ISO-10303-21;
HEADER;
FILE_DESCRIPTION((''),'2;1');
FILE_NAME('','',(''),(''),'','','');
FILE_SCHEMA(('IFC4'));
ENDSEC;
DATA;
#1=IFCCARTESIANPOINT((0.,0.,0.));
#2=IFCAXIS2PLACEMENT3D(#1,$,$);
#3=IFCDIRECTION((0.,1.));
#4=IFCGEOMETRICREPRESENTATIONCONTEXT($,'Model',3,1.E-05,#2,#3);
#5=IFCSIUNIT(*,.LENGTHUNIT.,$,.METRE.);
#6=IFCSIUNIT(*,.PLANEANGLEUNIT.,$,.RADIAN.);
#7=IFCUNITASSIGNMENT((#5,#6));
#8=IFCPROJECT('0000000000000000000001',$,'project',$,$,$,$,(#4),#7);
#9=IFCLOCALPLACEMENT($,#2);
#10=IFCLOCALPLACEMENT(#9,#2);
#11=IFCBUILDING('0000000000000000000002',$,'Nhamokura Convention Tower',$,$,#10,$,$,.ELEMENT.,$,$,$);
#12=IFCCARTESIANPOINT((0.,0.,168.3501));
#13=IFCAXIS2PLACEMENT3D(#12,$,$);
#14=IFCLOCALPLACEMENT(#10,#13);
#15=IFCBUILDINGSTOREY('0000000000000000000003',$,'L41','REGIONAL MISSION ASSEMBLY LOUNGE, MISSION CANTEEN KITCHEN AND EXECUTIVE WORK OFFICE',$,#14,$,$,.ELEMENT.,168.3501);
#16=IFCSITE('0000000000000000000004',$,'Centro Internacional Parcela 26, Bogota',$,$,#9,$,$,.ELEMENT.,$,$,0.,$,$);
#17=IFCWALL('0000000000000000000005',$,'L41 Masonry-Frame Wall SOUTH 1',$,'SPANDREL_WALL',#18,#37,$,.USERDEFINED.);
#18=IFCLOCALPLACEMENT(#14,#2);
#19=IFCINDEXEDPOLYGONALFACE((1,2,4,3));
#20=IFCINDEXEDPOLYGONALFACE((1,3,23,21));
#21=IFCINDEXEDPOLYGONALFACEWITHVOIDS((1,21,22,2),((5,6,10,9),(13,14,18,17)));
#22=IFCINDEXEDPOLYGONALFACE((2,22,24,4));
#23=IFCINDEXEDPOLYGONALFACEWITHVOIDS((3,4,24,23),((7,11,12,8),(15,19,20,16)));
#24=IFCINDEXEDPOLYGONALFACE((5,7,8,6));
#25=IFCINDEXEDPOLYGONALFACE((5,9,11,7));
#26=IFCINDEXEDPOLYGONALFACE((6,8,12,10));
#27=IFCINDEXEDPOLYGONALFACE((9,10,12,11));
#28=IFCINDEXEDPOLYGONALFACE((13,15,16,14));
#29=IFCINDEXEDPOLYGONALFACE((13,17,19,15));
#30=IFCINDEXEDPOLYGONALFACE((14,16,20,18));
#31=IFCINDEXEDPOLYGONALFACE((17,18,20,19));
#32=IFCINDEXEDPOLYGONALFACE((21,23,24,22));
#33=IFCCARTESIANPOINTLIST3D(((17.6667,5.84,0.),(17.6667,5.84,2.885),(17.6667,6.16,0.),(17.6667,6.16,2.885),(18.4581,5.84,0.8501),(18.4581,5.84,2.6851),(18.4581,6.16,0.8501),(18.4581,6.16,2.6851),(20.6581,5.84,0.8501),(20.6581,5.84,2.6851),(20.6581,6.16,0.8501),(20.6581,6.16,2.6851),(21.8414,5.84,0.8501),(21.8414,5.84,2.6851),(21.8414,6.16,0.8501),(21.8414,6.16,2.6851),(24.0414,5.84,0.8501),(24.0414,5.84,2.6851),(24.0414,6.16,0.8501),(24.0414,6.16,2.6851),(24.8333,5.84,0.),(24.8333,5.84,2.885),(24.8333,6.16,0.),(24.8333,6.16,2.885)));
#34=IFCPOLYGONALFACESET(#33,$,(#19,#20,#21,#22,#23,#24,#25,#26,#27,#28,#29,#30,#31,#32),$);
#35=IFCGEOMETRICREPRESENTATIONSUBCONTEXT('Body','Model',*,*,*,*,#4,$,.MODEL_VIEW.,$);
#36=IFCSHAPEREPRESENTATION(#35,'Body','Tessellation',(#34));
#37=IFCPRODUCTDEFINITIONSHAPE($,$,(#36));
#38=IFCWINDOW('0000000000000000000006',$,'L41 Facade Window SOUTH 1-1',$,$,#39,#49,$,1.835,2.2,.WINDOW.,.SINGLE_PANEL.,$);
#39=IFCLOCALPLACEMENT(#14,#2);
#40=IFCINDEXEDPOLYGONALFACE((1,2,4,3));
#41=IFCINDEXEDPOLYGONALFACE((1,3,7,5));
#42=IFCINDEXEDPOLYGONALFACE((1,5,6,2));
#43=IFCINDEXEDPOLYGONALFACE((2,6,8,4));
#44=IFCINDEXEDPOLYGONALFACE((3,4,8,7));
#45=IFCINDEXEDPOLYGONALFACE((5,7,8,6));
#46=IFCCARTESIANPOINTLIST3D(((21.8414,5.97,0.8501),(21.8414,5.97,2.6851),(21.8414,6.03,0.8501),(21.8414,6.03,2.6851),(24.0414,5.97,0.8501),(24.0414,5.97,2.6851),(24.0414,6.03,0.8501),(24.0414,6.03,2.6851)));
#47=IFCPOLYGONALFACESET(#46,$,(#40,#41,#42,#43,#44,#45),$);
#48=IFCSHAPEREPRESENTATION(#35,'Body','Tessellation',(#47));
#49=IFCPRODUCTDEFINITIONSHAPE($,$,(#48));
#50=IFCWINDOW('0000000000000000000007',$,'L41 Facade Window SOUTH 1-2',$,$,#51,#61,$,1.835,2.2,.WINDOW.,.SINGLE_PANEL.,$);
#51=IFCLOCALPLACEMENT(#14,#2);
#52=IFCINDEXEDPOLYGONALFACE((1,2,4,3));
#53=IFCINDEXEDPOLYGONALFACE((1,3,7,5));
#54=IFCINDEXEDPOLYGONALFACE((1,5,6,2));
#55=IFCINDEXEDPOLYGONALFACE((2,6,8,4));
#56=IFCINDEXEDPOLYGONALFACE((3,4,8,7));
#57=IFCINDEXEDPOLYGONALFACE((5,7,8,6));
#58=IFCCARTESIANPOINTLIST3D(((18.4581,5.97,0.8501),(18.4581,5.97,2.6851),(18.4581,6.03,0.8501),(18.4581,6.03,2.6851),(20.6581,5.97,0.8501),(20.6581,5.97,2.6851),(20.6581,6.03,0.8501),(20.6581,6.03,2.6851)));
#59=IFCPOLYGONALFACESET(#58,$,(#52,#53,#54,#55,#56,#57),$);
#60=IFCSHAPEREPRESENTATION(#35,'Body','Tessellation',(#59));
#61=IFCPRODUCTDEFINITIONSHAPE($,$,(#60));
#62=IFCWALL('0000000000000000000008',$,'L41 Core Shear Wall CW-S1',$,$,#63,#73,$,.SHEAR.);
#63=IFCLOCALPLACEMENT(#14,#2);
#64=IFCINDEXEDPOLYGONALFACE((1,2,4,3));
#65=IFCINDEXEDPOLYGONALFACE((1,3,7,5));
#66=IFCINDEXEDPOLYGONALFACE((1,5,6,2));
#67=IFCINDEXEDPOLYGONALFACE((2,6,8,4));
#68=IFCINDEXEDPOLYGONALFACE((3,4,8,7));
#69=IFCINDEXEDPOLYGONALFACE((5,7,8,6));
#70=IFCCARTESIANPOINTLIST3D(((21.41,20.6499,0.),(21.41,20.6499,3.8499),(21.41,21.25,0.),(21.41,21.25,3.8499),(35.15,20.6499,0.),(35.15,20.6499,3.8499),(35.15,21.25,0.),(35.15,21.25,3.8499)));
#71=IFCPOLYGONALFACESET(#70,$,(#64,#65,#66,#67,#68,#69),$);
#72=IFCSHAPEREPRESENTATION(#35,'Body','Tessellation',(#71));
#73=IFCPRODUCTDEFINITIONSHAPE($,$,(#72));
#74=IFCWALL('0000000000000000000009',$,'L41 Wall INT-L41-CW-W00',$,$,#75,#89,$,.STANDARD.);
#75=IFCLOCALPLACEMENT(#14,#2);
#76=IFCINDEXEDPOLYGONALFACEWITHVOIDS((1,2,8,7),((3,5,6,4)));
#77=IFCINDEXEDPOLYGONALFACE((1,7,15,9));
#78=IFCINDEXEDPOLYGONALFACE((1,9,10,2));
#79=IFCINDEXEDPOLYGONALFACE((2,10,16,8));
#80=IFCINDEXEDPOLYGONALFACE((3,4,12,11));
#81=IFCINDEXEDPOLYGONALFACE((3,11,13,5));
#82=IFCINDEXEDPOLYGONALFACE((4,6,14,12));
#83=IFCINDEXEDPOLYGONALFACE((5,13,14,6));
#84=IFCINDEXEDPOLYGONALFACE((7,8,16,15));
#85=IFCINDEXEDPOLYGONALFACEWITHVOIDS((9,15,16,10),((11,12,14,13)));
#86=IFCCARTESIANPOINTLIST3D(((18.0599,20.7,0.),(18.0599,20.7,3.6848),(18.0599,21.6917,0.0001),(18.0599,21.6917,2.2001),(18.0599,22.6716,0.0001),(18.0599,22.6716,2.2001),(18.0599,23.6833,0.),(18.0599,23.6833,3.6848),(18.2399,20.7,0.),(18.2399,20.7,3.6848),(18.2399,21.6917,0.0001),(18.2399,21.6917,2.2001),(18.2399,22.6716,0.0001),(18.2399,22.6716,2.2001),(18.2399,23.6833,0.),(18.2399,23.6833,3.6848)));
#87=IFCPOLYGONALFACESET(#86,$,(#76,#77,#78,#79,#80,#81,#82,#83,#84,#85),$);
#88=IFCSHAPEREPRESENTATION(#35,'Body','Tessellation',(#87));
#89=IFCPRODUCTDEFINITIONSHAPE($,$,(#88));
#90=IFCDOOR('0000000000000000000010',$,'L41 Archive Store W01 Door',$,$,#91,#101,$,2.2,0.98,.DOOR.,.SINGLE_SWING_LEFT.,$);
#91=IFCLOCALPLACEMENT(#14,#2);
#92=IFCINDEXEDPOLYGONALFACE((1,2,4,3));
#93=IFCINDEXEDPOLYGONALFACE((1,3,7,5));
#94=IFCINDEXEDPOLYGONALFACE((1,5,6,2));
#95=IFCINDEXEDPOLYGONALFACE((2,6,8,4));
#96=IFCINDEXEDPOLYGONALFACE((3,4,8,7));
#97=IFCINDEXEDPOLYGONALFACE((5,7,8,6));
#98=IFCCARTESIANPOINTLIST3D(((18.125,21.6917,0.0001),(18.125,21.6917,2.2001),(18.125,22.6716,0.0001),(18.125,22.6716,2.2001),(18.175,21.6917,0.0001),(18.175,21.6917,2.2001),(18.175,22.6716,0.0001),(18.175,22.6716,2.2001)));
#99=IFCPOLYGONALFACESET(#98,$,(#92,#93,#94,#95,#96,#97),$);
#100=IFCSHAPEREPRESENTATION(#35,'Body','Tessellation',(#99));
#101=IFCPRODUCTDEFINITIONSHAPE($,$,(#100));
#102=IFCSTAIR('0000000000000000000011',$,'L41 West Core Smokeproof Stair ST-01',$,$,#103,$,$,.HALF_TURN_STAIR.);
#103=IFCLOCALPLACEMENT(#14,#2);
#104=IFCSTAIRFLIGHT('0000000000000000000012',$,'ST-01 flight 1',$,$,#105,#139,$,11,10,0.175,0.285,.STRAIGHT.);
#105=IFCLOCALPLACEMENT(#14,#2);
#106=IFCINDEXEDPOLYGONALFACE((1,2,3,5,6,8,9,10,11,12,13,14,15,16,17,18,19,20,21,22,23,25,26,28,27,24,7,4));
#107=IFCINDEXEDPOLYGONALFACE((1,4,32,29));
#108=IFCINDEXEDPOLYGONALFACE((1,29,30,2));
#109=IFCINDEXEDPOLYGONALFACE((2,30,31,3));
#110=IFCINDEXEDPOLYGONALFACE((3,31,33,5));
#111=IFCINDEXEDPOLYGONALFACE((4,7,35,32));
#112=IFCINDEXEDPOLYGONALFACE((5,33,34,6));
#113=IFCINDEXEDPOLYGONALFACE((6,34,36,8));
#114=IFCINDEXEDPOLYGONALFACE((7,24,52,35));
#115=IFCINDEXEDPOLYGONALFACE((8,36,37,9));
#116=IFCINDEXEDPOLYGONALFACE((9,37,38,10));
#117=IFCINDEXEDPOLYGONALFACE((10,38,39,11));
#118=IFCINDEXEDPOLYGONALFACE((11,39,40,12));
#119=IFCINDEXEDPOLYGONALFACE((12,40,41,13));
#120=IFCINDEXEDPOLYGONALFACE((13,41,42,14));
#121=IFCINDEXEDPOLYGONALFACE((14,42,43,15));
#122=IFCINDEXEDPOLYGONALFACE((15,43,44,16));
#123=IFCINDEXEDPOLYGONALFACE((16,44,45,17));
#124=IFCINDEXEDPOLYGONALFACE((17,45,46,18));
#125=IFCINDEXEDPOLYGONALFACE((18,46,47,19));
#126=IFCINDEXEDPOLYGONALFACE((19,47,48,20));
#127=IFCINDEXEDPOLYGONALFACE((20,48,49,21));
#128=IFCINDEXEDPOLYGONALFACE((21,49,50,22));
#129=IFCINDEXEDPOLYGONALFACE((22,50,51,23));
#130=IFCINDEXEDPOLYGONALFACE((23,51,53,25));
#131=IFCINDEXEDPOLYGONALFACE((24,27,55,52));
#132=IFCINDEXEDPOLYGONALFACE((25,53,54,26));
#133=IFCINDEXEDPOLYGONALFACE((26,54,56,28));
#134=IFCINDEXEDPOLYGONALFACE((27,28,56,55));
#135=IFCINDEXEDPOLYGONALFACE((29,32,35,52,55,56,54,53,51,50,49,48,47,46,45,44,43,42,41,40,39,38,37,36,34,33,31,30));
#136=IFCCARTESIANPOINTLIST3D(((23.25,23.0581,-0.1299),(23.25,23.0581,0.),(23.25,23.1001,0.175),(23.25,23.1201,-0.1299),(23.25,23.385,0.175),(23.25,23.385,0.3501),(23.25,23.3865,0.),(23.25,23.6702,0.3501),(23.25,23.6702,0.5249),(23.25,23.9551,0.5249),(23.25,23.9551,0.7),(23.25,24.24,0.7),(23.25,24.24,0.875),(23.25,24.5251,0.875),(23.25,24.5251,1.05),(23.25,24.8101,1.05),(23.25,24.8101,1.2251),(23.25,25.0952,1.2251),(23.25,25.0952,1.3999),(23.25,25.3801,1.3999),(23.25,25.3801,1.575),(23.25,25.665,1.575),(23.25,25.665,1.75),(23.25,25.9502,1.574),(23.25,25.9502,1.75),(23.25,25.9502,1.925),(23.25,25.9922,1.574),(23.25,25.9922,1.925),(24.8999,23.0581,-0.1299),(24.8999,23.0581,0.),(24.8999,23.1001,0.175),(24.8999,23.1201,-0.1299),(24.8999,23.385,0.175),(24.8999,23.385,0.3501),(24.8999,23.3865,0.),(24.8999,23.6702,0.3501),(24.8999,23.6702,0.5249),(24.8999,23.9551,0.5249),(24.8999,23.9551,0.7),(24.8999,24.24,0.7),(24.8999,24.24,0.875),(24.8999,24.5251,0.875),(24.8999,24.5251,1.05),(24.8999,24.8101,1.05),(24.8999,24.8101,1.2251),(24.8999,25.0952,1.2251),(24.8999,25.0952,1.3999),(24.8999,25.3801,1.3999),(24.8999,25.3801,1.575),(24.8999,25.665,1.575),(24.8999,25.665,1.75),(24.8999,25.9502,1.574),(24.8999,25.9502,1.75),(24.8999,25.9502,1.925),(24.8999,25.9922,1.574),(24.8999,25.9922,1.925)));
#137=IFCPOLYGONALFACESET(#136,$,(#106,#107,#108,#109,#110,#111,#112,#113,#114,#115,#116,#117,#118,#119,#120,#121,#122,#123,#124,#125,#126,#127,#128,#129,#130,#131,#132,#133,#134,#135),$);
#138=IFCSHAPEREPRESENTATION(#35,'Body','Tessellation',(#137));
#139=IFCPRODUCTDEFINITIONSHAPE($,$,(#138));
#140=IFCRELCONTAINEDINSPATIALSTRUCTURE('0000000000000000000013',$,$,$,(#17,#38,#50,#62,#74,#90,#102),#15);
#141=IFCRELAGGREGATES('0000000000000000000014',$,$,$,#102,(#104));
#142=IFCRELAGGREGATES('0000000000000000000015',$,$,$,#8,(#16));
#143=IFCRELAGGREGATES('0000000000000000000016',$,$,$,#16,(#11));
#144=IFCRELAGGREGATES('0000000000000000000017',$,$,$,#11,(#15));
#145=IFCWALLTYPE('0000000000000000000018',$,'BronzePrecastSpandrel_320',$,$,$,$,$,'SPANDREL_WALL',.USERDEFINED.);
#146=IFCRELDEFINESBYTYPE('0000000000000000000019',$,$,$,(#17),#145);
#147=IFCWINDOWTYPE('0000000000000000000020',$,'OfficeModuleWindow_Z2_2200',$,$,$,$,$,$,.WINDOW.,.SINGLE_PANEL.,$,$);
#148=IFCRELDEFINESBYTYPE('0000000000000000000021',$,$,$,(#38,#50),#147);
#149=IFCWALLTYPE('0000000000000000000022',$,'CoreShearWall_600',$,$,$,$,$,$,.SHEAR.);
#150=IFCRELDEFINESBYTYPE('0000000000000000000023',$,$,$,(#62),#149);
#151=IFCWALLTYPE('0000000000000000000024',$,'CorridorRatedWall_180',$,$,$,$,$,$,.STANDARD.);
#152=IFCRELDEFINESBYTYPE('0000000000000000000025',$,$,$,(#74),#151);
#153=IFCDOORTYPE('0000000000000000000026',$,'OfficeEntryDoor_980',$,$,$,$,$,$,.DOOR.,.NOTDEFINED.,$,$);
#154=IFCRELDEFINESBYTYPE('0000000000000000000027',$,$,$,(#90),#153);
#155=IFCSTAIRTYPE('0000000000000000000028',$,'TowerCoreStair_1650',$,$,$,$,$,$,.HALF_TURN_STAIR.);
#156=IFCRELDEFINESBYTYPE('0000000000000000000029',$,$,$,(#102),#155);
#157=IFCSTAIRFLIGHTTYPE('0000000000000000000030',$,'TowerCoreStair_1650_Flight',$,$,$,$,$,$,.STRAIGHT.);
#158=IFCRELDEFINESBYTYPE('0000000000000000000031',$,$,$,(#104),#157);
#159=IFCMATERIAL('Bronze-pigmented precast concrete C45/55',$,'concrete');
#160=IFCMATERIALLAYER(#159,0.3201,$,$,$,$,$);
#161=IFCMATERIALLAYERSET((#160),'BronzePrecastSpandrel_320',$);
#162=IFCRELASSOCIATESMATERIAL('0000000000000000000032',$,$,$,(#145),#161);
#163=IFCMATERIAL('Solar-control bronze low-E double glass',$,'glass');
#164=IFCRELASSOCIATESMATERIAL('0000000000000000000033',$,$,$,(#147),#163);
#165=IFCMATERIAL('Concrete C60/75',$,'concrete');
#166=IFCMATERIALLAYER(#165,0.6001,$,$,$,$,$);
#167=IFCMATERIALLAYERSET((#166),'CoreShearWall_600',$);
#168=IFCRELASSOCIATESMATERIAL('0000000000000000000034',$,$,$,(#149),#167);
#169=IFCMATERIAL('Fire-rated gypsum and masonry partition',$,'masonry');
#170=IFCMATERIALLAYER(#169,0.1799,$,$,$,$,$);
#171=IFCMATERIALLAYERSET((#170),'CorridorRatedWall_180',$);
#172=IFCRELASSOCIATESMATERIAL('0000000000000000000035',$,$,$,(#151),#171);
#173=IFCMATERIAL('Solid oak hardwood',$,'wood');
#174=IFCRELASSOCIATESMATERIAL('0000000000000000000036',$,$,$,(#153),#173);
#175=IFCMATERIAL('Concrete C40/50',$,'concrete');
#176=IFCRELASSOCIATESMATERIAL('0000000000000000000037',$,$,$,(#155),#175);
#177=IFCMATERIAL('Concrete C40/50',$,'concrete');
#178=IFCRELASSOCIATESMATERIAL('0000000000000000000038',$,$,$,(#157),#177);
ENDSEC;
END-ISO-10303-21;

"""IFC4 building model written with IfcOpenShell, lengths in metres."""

from ifc_helpers import new_model, si_unit, direction, frame, frame_2d, origin, place, context, subcontext, project, spatial, polyline, rectangle, outline, extrude, material, layer, layer_set, type_object, element, fill, aggregate, save


model = new_model("IFC4")

# Units and contexts
model_context = context("Model", 3, precision=1e-05, world=origin(), true_north=direction((0.0, 1.0)))
body_context = subcontext(model_context, "Body", "Model", "MODEL_VIEW")
ifc_project = project(units=[si_unit("LENGTHUNIT", "METRE"), si_unit("PLANEANGLEUNIT", "RADIAN")], contexts=[model_context])

# Site, building, storey
site_placement = place(None, origin())
site = spatial("IfcSite", under=ifc_project, at=site_placement, Name="Centro Internacional Parcela 26, Bogota", CompositionType="ELEMENT", RefElevation=0.0)
building_placement = place(site_placement, origin())
building = spatial("IfcBuilding", under=site, at=building_placement, Name="Nhamokura Convention Tower", CompositionType="ELEMENT")
storey_placement = place(building_placement, frame((0.0, 0.0, 168.3501)))
storey = spatial("IfcBuildingStorey", under=building, at=storey_placement, Name="L41", Description="REGIONAL MISSION ASSEMBLY LOUNGE, MISSION CANTEEN KITCHEN AND EXECUTIVE WORK OFFICE", CompositionType="ELEMENT", Elevation=168.3501)

# Shared definitions
ifc_material_1 = material(Name="Bronze-pigmented precast concrete C45/55", Category="concrete")
ifc_layer_1 = layer(ifc_material_1, 0.3201)
ifc_layer_set_1 = layer_set([ifc_layer_1], Name="BronzePrecastSpandrel_320")
wall_type_1 = type_object("IfcWallType", Name="BronzePrecastSpandrel_320", ElementType="SPANDREL_WALL", PredefinedType="USERDEFINED", material=ifc_layer_set_1)

# Wall, openings, windows
wall_1_placement = place(storey_placement, frame((24.8333, 6.0, 0.0), z_axis=(0.0, 0.0, 1.0), x_axis=(-1.0, 0.0, 0.0)))
wall_1 = element("IfcWall", 1, at=wall_1_placement, inside=storey, type_object=wall_type_1, Name="L41 Masonry-Frame Wall SOUTH 1", ObjectType="SPANDREL_WALL", PredefinedType="USERDEFINED", context=body_context, shape_type="SweptSolid", body=[
    extrude(rectangle(XDim=7.1665, YDim=0.3201, at=frame_2d((3.5833, 0.0))), origin(), (0.0, 0.0, 1.0), 2.885),
])
opening_1_placement = place(wall_1_placement, frame((0.7917, 0.0, 0.8501)))
opening_1 = element("IfcOpeningElement", 2, at=opening_1_placement, cuts=wall_1, PredefinedType="OPENING", context=body_context, shape_type="SweptSolid", body=[
    extrude(rectangle(XDim=2.2, YDim=1.835, at=frame_2d((1.1001, 0.9175))), frame((0.0, 0.1699, 0.0), z_axis=(0.0, -1.0, 0.0), x_axis=(1.0, 0.0, 0.0)), (0.0, 0.0, 1.0), 0.3401),
])
opening_2_placement = place(wall_1_placement, frame((4.175, 0.0, 0.8501)))
opening_2 = element("IfcOpeningElement", 3, at=opening_2_placement, cuts=wall_1, PredefinedType="OPENING", context=body_context, shape_type="SweptSolid", body=[
    extrude(rectangle(XDim=2.2, YDim=1.835, at=frame_2d((1.1001, 0.9175))), frame((0.0, 0.1699, 0.0), z_axis=(0.0, -1.0, 0.0), x_axis=(1.0, 0.0, 0.0)), (0.0, 0.0, 1.0), 0.3401),
])
ifc_material_2 = material(Name="Solar-control bronze low-E double glass", Category="glass")
window_type = type_object("IfcWindowType", Name="OfficeModuleWindow_Z2_2200", PartitioningType="SINGLE_PANEL", PredefinedType="WINDOW", material=ifc_material_2)
window_1_placement = place(opening_1_placement, origin())
window_1 = element("IfcWindow", 4, at=window_1_placement, inside=storey, type_object=window_type, Name="L41 Facade Window SOUTH 1-1", OverallHeight=1.835, OverallWidth=2.2, PartitioningType="SINGLE_PANEL", PredefinedType="WINDOW", context=body_context, shape_type="SweptSolid", body=[
    extrude(rectangle(XDim=2.2, YDim=1.835, at=frame_2d((1.1001, 0.9175))), frame((0.0, 0.03, 0.0), z_axis=(0.0, -1.0, 0.0), x_axis=(1.0, 0.0, 0.0)), (0.0, 0.0, 1.0), 0.0601),
])
fill(opening_1, window_1)
window_2_placement = place(opening_2_placement, origin())
window_2 = element("IfcWindow", 5, at=window_2_placement, inside=storey, type_object=window_type, Name="L41 Facade Window SOUTH 1-2", OverallHeight=1.835, OverallWidth=2.2, PartitioningType="SINGLE_PANEL", PredefinedType="WINDOW", context=body_context, shape_type="SweptSolid", body=[
    extrude(rectangle(XDim=2.2, YDim=1.835, at=frame_2d((1.1001, 0.9175))), frame((0.0, 0.03, 0.0), z_axis=(0.0, -1.0, 0.0), x_axis=(1.0, 0.0, 0.0)), (0.0, 0.0, 1.0), 0.0601),
])
fill(opening_2, window_2)

# Shared definitions
ifc_material_3 = material(Name="Concrete C60/75", Category="concrete")
ifc_layer_2 = layer(ifc_material_3, 0.6001)
ifc_layer_set_2 = layer_set([ifc_layer_2], Name="CoreShearWall_600")
wall_type_2 = type_object("IfcWallType", Name="CoreShearWall_600", PredefinedType="SHEAR", material=ifc_layer_set_2)

# Wall
wall_2_placement = place(storey_placement, frame((21.4099, 20.95, 0.0), z_axis=(0.0, 0.0, 1.0), x_axis=(1.0, 0.0, 0.0)))
element("IfcWall", 6, at=wall_2_placement, inside=storey, type_object=wall_type_2, Name="L41 Core Shear Wall CW-S1", PredefinedType="SHEAR", context=body_context, shape_type="SweptSolid", body=[
    extrude(rectangle(XDim=13.74, YDim=0.6001, at=frame_2d((6.8701, 0.0))), origin(), (0.0, 0.0, 1.0), 3.8499),
])

# Wall, opening, door
ifc_material_4 = material(Name="Fire-rated gypsum and masonry partition", Category="masonry")
ifc_layer_3 = layer(ifc_material_4, 0.1799)
ifc_layer_set_3 = layer_set([ifc_layer_3], Name="CorridorRatedWall_180")
wall_type_3 = type_object("IfcWallType", Name="CorridorRatedWall_180", PredefinedType="STANDARD", material=ifc_layer_set_3)
wall_3_placement = place(storey_placement, frame((18.1499, 20.7, 0.0), z_axis=(0.0, 0.0, 1.0), x_axis=(0.0, 1.0, 0.0)))
wall_3 = element("IfcWall", 7, at=wall_3_placement, inside=storey, type_object=wall_type_3, Name="L41 Wall INT-L41-CW-W00", PredefinedType="STANDARD", context=body_context, shape_type="SweptSolid", body=[
    extrude(rectangle(XDim=2.9834, YDim=0.1799, at=frame_2d((1.4917, 0.0))), origin(), (0.0, 0.0, 1.0), 3.6848),
])
opening_3_placement = place(wall_3_placement, frame((0.9917, 0.0, 0.0)))
opening_3 = element("IfcOpeningElement", 8, at=opening_3_placement, cuts=wall_3, PredefinedType="OPENING", context=body_context, shape_type="SweptSolid", body=[
    extrude(rectangle(XDim=0.98, YDim=2.2, at=frame_2d((0.49, 1.1001))), frame((0.0, 0.0999, 0.0), z_axis=(0.0, -1.0, 0.0), x_axis=(1.0, 0.0, 0.0)), (0.0, 0.0, 1.0), 0.2),
])
ifc_material_5 = material(Name="Solid oak hardwood", Category="wood")
door_type_1 = type_object("IfcDoorType", Name="OfficeEntryDoor_980", OperationType="NOTDEFINED", PredefinedType="DOOR", material=ifc_material_5)
door_1_placement = place(opening_3_placement, origin())
door_1 = element("IfcDoor", 9, at=door_1_placement, inside=storey, type_object=door_type_1, Name="L41 Archive Store W01 Door", OperationType="SINGLE_SWING_LEFT", OverallHeight=2.2, OverallWidth=0.98, PredefinedType="DOOR", context=body_context, shape_type="SweptSolid", body=[
    extrude(rectangle(XDim=0.98, YDim=2.2, at=frame_2d((0.49, 1.1001))), frame((0.0, 0.0249, 0.0), z_axis=(0.0, -1.0, 0.0), x_axis=(1.0, 0.0, 0.0)), (0.0, 0.0, 1.0), 0.05),
])
fill(opening_3, door_1)

# Stair, stair flight
ifc_material_6 = material(Name="Concrete C40/50", Category="concrete")
stair_type = type_object("IfcStairType", Name="TowerCoreStair_1650", PredefinedType="HALF_TURN_STAIR", material=ifc_material_6)
stair_placement = place(storey_placement, origin())
stair = element("IfcStair", 10, at=stair_placement, inside=storey, type_object=stair_type, Name="L41 West Core Smokeproof Stair ST-01", PredefinedType="HALF_TURN_STAIR")
ifc_material_7 = material(Name="Concrete C40/50", Category="concrete")
stair_flight_type = type_object("IfcStairFlightType", Name="TowerCoreStair_1650_Flight", PredefinedType="STRAIGHT", material=ifc_material_7)
stair_flight_placement = place(storey_placement, frame((24.075, 23.1001, 0.0), z_axis=(0.0, 0.0, 1.0), x_axis=(0.0, 1.0, 0.0)))
stair_flight = element("IfcStairFlight", 11, at=stair_flight_placement, type_object=stair_flight_type, Name="ST-01 flight 1", NumberOfRisers=11, NumberOfTreads=10, PredefinedType="STRAIGHT", RiserHeight=0.175, TreadLength=0.285, context=body_context, shape_type="SweptSolid", body=[
    extrude(outline(polyline([(-0.042, 0.0), (0.0, 0.175), (0.2849, 0.175), (0.2849, 0.3501), (0.5701, 0.3501), (0.5701, 0.5249), (0.855, 0.5249), (0.855, 0.7), (1.1399, 0.7), (1.1399, 0.875), (1.425, 0.875), (1.425, 1.05), (1.71, 1.05), (1.71, 1.2251), (1.9951, 1.2251), (1.9951, 1.3999), (2.28, 1.3999), (2.28, 1.575), (2.5649, 1.575), (2.5649, 1.75), (2.8501, 1.75), (2.8501, 1.925), (2.8921, 1.925), (2.8921, 1.574), (2.8501, 1.574), (0.2864, 0.0), (0.02, -0.1299), (-0.042, -0.1299), (-0.042, 0.0)])), frame((0.0, 0.825, 0.0), z_axis=(0.0, -1.0, 0.0), x_axis=(1.0, 0.0, 0.0)), (0.0, 0.0, 1.0), 1.6499),
])
aggregate(stair, [stair_flight])

save(model, "model.ifc")
